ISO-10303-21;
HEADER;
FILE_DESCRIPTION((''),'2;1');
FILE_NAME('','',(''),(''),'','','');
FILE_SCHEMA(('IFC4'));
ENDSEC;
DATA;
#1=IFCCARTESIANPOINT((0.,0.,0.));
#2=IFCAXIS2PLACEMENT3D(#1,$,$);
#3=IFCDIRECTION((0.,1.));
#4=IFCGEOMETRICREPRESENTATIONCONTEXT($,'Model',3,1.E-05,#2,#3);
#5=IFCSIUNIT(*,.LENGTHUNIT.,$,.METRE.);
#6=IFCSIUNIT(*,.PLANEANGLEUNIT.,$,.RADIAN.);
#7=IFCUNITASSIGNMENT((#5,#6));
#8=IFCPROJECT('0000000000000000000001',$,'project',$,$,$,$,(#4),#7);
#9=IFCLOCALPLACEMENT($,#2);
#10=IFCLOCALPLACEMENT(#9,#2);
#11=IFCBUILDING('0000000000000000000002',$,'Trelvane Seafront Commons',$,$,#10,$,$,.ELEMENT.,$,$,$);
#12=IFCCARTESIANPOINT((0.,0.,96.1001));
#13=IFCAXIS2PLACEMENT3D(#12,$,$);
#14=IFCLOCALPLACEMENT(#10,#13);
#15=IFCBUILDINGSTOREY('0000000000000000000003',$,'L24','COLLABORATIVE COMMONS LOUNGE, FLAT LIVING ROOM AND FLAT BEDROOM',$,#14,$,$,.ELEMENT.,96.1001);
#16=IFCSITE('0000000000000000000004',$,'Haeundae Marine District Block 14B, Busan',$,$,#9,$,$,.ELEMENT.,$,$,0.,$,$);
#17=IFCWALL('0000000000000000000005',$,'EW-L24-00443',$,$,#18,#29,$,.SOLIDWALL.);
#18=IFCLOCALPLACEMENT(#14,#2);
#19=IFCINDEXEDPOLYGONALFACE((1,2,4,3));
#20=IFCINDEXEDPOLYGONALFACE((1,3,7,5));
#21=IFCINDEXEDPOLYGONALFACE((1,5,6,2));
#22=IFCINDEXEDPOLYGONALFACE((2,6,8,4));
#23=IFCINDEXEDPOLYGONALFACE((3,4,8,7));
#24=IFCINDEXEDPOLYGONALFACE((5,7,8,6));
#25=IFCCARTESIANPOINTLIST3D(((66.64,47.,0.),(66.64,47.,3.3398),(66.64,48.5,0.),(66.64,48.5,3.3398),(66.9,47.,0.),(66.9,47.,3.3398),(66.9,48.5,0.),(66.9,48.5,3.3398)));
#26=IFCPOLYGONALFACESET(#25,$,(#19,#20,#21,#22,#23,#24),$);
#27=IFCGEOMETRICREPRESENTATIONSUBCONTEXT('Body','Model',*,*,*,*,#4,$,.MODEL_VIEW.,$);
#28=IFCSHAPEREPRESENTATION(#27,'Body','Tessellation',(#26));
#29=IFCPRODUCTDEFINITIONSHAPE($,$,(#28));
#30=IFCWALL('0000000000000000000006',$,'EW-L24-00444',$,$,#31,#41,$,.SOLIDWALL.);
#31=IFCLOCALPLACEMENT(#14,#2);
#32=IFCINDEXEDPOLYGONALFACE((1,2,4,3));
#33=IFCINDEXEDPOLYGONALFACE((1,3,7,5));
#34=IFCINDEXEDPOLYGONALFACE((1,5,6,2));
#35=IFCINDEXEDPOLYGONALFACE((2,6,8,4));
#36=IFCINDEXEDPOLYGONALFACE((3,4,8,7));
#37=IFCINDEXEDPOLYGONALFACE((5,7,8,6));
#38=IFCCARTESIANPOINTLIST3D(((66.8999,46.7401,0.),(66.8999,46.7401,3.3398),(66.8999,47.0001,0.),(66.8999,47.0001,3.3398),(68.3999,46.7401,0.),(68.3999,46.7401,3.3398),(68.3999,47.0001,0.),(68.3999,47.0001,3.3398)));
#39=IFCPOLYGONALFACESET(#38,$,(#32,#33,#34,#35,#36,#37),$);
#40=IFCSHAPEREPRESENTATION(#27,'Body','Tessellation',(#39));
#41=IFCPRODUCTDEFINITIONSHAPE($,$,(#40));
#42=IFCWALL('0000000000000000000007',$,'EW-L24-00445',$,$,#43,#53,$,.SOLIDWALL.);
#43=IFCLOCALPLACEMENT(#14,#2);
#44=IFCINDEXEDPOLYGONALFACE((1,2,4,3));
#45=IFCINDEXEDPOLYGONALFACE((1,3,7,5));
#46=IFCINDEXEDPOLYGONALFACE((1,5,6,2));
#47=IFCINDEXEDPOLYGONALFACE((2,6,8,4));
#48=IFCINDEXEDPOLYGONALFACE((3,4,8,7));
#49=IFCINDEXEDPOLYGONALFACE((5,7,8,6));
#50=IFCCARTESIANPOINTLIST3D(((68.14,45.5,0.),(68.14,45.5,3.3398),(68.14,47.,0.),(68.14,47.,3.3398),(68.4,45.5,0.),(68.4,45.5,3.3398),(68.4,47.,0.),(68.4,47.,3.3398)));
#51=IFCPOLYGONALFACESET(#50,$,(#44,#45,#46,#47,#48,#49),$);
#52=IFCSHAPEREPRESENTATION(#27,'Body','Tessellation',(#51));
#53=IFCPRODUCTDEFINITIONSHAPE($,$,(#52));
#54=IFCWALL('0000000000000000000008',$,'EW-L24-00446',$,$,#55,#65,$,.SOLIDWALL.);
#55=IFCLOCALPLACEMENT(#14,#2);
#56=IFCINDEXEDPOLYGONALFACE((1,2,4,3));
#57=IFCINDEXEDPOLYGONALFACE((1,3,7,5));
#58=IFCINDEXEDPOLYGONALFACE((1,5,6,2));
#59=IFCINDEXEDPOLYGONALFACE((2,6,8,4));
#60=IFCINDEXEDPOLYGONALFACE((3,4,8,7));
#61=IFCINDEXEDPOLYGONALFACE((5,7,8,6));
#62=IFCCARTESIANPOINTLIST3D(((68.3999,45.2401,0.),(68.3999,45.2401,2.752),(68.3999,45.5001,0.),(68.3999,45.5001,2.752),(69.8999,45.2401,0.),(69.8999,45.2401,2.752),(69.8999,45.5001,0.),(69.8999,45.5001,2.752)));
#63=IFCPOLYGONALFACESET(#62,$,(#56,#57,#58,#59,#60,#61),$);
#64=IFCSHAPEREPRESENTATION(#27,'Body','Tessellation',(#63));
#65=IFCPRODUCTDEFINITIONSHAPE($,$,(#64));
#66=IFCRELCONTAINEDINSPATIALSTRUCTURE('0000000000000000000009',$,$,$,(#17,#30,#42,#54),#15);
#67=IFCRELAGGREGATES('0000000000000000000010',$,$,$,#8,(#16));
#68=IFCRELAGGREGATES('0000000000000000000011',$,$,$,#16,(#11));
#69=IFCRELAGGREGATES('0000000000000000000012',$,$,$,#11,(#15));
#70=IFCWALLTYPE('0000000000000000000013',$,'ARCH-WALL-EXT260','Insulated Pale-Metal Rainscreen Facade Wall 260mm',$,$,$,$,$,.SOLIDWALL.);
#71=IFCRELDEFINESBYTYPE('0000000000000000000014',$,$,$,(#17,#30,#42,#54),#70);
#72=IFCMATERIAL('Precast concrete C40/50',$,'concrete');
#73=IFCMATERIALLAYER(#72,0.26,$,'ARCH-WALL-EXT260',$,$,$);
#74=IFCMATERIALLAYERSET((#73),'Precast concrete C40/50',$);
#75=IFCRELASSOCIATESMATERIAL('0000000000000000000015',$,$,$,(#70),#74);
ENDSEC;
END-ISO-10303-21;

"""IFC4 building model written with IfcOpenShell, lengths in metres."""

from ifc_helpers import new_model, si_unit, direction, frame, frame_2d, origin, place, context, subcontext, project, spatial, rectangle, extrude, material, layer, layer_set, type_object, element, save


model = new_model("IFC4")

# Units and contexts
model_context = context("Model", 3, precision=1e-05, world=origin(), true_north=direction((0.0, 1.0)))
body_context = subcontext(model_context, "Body", "Model", "MODEL_VIEW")
ifc_project = project(units=[si_unit("LENGTHUNIT", "METRE"), si_unit("PLANEANGLEUNIT", "RADIAN")], contexts=[model_context])

# Site, building, storey
site_placement = place(None, origin())
site = spatial("IfcSite", under=ifc_project, at=site_placement, Name="Haeundae Marine District Block 14B, Busan", CompositionType="ELEMENT", RefElevation=0.0)
building_placement = place(site_placement, origin())
building = spatial("IfcBuilding", under=site, at=building_placement, Name="Trelvane Seafront Commons", CompositionType="ELEMENT")
storey_placement = place(building_placement, frame((0.0, 0.0, 96.1001)))
storey = spatial("IfcBuildingStorey", under=building, at=storey_placement, Name="L24", Description="COLLABORATIVE COMMONS LOUNGE, FLAT LIVING ROOM AND FLAT BEDROOM", CompositionType="ELEMENT", Elevation=96.1001)

# Shared definitions
ifc_material_1 = material(Name="Precast concrete C40/50", Category="concrete")
ifc_layer_1 = layer(ifc_material_1, 0.26, Name="ARCH-WALL-EXT260")
ifc_layer_set_1 = layer_set([ifc_layer_1], Name="Precast concrete C40/50")
wall_type = type_object("IfcWallType", Name="ARCH-WALL-EXT260", Description="Insulated Pale-Metal Rainscreen Facade Wall 260mm", PredefinedType="SOLIDWALL", material=ifc_layer_set_1)

# Walls
for number, where, z_axis, x_axis, name in (
    (1, (66.77, 48.5, 0.0), (0.0, 0.0, 1.0), (0.0, -1.0, 0.0), "EW-L24-00443"),
    (2, (66.8999, 46.8701, 0.0), (0.0, 0.0, 1.0), (1.0, 0.0, 0.0), "EW-L24-00444"),
    (3, (68.27, 47.0, 0.0), (0.0, 0.0, 1.0), (0.0, -1.0, 0.0), "EW-L24-00445"),
):
    element("IfcWall", number, at=place(storey_placement, frame(where, z_axis=z_axis, x_axis=x_axis)), inside=storey, type_object=wall_type, Name=name, PredefinedType="SOLIDWALL", context=body_context, shape_type="SweptSolid", body=[
        extrude(rectangle(XDim=1.5, YDim=0.26, at=frame_2d((0.75, 0.0))), origin(), (0.0, 0.0, 1.0), 3.3398),
    ])
wall_1_placement = place(storey_placement, frame((68.3999, 45.3701, 0.0), z_axis=(0.0, 0.0, 1.0), x_axis=(1.0, 0.0, 0.0)))
element("IfcWall", 4, at=wall_1_placement, inside=storey, type_object=wall_type, Name="EW-L24-00446", PredefinedType="SOLIDWALL", context=body_context, shape_type="SweptSolid", body=[
    extrude(rectangle(XDim=1.5, YDim=0.26, at=frame_2d((0.75, 0.0))), origin(), (0.0, 0.0, 1.0), 2.752),
])

save(model, "model.ifc")
